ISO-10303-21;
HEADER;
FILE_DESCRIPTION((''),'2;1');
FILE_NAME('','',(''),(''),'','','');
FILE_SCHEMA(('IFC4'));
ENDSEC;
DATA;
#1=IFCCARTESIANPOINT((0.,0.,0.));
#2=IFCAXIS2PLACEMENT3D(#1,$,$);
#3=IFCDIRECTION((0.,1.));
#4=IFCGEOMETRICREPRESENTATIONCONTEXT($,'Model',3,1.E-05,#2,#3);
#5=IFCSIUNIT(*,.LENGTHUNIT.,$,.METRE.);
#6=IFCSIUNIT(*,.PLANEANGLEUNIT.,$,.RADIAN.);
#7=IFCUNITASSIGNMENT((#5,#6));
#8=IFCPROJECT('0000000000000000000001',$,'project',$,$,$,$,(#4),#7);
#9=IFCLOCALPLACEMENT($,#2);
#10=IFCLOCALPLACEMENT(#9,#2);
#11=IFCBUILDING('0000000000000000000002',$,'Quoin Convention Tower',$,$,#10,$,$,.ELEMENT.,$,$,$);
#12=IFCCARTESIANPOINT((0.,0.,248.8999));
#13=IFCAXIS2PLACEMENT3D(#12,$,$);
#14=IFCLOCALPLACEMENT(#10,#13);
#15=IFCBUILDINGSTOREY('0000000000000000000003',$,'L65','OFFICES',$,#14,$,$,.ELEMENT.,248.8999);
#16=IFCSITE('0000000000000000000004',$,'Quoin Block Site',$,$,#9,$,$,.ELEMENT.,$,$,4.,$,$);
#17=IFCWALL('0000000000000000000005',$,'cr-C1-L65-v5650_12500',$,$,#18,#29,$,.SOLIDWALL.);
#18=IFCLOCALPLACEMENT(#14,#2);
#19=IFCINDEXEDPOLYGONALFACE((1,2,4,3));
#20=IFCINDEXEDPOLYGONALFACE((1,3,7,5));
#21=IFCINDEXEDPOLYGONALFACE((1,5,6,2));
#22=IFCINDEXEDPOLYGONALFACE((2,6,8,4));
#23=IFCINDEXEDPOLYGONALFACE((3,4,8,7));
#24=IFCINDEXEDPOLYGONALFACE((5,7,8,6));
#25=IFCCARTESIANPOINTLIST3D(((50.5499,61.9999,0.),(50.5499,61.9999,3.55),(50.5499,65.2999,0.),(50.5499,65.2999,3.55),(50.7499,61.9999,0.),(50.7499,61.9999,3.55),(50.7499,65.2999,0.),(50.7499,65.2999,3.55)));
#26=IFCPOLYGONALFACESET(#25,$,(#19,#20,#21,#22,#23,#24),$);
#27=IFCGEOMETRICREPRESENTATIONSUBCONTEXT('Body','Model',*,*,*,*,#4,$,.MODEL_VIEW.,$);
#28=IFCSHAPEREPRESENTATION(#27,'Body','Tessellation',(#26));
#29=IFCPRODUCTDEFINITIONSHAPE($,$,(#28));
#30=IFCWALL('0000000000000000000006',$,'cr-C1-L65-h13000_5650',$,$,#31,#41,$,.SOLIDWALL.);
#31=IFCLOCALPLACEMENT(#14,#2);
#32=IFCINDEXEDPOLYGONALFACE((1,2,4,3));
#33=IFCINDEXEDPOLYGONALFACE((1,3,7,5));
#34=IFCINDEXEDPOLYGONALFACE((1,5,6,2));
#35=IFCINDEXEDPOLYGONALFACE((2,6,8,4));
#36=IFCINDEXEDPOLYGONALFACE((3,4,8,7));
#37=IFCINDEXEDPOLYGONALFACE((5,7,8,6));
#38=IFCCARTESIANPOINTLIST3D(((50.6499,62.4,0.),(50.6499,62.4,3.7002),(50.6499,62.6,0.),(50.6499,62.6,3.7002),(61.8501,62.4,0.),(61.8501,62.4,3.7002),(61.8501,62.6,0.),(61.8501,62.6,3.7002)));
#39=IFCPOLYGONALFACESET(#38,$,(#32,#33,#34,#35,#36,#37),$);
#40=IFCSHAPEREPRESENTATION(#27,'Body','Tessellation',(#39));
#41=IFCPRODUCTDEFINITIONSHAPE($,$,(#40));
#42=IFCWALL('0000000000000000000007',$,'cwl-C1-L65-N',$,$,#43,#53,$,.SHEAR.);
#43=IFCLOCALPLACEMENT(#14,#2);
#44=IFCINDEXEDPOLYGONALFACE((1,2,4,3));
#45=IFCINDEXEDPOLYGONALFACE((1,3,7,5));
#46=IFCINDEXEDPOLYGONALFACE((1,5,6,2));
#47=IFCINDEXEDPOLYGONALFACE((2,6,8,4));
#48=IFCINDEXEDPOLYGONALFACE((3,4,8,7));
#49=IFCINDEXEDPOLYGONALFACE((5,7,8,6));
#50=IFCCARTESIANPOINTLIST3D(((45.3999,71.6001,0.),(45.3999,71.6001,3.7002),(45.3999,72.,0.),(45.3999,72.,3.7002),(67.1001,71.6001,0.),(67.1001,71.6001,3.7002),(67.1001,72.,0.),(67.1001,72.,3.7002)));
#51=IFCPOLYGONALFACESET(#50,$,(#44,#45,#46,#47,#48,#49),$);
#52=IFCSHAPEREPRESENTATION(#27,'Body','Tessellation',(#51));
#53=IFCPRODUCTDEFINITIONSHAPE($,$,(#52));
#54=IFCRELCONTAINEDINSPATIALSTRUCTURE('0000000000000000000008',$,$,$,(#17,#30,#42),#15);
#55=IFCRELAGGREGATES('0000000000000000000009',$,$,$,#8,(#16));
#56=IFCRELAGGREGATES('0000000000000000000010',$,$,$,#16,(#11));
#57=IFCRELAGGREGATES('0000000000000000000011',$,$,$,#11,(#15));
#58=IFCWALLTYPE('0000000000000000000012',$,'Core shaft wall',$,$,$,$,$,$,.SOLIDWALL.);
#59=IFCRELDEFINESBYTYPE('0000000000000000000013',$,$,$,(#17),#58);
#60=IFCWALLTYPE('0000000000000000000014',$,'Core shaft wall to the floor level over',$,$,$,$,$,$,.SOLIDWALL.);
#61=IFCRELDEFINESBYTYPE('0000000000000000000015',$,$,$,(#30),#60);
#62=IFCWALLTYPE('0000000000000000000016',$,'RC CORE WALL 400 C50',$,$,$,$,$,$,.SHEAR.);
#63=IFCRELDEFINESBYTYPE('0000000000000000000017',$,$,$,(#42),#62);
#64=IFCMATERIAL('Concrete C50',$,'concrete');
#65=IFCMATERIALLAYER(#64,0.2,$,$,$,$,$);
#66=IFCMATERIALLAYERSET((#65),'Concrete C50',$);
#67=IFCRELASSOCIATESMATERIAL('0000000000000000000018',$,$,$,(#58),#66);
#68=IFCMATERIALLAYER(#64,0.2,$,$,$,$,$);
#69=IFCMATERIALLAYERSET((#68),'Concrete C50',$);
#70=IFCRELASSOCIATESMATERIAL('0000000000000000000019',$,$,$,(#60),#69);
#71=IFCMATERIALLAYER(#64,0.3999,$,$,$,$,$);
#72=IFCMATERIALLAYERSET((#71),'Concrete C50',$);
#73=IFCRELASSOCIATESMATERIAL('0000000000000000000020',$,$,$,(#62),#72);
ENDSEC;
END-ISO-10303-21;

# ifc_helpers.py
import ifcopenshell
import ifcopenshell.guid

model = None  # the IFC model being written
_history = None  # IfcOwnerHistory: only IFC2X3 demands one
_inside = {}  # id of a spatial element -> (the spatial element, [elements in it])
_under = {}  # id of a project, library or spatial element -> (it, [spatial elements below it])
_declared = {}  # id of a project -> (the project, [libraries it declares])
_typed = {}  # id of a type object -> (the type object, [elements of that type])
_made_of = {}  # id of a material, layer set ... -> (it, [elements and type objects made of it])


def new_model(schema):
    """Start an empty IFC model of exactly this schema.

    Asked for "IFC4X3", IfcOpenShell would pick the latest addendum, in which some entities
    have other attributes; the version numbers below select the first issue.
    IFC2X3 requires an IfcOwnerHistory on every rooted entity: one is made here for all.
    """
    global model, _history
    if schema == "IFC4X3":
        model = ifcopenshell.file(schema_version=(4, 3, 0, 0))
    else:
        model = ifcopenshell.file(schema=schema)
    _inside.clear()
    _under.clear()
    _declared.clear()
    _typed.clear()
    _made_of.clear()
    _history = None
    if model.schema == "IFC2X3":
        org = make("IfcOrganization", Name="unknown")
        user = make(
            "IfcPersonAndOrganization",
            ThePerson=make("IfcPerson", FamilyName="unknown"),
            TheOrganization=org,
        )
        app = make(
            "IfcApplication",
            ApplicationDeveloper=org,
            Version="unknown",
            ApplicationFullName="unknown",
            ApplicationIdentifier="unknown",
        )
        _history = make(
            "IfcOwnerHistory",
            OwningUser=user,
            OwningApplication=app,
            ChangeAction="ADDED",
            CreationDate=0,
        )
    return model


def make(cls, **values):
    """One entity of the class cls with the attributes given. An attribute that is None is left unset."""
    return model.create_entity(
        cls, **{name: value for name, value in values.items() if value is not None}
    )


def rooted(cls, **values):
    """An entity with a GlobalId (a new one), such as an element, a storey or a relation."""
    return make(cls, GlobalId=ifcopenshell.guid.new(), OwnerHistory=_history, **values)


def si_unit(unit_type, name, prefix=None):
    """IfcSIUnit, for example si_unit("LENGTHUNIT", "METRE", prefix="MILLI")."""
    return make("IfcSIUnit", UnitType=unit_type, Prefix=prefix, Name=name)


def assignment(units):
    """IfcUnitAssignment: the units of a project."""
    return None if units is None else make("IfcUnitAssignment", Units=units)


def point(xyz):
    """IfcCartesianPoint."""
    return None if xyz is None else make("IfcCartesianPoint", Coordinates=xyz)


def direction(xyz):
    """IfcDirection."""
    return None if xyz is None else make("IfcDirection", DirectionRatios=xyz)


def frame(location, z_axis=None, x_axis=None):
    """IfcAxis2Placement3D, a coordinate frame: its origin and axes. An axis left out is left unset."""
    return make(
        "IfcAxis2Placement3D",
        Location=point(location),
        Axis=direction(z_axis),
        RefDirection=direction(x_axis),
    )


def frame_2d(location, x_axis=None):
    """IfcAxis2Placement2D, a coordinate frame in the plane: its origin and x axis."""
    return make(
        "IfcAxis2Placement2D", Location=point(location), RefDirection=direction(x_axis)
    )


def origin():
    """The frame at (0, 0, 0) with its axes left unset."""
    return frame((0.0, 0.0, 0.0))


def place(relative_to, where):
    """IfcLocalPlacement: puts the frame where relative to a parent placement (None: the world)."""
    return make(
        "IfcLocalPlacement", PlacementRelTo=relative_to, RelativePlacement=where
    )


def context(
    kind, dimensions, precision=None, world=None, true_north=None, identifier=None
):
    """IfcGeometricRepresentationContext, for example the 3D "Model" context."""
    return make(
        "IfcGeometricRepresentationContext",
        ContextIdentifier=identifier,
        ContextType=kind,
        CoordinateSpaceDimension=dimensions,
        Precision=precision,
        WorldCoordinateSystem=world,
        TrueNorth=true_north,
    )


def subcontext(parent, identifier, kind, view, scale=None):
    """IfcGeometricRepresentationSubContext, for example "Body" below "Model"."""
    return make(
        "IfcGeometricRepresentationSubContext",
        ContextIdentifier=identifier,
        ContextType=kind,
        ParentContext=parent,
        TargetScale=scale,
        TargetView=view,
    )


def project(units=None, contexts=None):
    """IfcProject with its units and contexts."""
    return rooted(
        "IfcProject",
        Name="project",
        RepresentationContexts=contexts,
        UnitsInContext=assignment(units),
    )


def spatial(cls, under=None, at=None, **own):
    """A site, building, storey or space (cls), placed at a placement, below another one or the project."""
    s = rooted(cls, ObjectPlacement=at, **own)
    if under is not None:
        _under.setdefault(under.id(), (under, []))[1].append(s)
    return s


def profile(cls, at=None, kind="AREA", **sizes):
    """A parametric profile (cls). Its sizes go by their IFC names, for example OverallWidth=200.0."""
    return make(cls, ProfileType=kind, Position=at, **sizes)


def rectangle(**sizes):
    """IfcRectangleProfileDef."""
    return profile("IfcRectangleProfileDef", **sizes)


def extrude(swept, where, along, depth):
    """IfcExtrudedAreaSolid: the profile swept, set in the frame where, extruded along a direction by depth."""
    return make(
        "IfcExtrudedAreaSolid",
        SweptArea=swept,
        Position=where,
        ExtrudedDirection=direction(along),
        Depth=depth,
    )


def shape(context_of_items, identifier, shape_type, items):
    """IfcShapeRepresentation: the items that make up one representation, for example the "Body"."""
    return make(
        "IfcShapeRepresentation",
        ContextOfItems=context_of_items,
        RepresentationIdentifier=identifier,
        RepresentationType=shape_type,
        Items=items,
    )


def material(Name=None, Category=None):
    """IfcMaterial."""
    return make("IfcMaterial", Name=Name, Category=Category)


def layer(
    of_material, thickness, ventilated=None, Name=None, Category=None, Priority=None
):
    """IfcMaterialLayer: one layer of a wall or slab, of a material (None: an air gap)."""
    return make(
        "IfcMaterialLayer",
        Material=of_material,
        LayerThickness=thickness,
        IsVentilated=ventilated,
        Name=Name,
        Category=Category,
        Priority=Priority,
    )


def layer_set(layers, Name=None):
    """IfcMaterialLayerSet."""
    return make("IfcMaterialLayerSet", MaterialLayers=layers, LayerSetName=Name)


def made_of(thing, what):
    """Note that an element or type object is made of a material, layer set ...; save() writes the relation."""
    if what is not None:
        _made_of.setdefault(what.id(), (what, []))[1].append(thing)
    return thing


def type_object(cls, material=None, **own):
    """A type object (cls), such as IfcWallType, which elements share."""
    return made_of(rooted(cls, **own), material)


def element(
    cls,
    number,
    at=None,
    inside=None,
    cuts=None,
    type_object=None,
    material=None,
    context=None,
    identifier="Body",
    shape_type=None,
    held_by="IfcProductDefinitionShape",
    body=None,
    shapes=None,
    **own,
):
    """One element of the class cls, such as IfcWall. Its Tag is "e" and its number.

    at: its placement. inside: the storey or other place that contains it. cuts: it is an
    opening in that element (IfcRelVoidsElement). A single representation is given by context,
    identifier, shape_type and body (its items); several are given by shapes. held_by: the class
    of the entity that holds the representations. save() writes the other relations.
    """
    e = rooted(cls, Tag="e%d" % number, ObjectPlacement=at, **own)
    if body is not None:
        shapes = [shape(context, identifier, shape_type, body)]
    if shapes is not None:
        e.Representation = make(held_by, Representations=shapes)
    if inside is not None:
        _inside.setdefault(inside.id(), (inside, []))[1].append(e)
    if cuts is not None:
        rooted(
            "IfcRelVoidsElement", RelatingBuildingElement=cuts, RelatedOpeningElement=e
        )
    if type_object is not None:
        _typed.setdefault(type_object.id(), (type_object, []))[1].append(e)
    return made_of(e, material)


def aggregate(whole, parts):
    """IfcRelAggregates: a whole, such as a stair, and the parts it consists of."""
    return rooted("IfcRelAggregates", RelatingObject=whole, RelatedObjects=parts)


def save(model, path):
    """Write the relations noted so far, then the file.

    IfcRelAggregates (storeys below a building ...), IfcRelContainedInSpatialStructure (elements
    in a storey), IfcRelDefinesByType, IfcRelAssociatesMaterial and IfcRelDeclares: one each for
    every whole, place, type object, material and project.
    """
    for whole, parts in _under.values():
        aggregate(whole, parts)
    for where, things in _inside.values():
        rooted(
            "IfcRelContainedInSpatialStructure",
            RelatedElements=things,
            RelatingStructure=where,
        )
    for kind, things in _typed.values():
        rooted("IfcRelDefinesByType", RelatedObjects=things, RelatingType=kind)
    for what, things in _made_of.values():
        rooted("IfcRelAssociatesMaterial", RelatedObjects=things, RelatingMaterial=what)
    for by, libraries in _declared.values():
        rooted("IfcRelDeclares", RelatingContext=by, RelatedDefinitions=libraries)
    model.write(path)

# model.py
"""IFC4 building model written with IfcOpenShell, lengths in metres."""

from ifc_helpers import new_model, si_unit, direction, frame, frame_2d, origin, place, context, subcontext, project, spatial, rectangle, extrude, material, layer, layer_set, type_object, element, save


model = new_model("IFC4")

# Units and contexts
model_context = context("Model", 3, precision=1e-05, world=origin(), true_north=direction((0.0, 1.0)))
body_context = subcontext(model_context, "Body", "Model", "MODEL_VIEW")
ifc_project = project(units=[si_unit("LENGTHUNIT", "METRE"), si_unit("PLANEANGLEUNIT", "RADIAN")], contexts=[model_context])

# Site, building, storey
site_placement = place(None, origin())
site = spatial("IfcSite", under=ifc_project, at=site_placement, Name="Quoin Block Site", CompositionType="ELEMENT", RefElevation=4.0)
building_placement = place(site_placement, origin())
building = spatial("IfcBuilding", under=site, at=building_placement, Name="Quoin Convention Tower", CompositionType="ELEMENT")
storey_placement = place(building_placement, frame((0.0, 0.0, 248.8999)))
storey = spatial("IfcBuildingStorey", under=building, at=storey_placement, Name="L65", Description="OFFICES", CompositionType="ELEMENT", Elevation=248.8999)

# Shared definitions
ifc_material_1 = material(Name="Concrete C50", Category="concrete")
ifc_layer_1 = layer(ifc_material_1, 0.2)
ifc_layer_set_1 = layer_set([ifc_layer_1], Name="Concrete C50")
wall_type_1 = type_object("IfcWallType", Name="Core shaft wall", PredefinedType="SOLIDWALL", material=ifc_layer_set_1)

# Walls
wall_1_placement = place(storey_placement, frame((50.6499, 62.0, 0.0), z_axis=(0.0, 0.0, 1.0), x_axis=(0.0, 1.0, 0.0)))
element("IfcWall", 1, at=wall_1_placement, inside=storey, type_object=wall_type_1, Name="cr-C1-L65-v5650_12500", PredefinedType="SOLIDWALL", context=body_context, shape_type="SweptSolid", body=[
    extrude(rectangle(XDim=3.3, YDim=0.2, at=frame_2d((1.6499, 0.0))), origin(), (0.0, 0.0, 1.0), 3.55),
])
ifc_layer_2 = layer(ifc_material_1, 0.2)
ifc_layer_set_2 = layer_set([ifc_layer_2], Name="Concrete C50")
wall_type_2 = type_object("IfcWallType", Name="Core shaft wall to the floor level over", PredefinedType="SOLIDWALL", material=ifc_layer_set_2)
wall_2_placement = place(storey_placement, frame((50.6499, 62.5, 0.0), z_axis=(0.0, 0.0, 1.0), x_axis=(1.0, 0.0, 0.0)))
element("IfcWall", 2, at=wall_2_placement, inside=storey, type_object=wall_type_2, Name="cr-C1-L65-h13000_5650", PredefinedType="SOLIDWALL", context=body_context, shape_type="SweptSolid", body=[
    extrude(rectangle(XDim=11.2002, YDim=0.2, at=frame_2d((5.6001, 0.0))), origin(), (0.0, 0.0, 1.0), 3.7002),
])
ifc_layer_3 = layer(ifc_material_1, 0.3999)
ifc_layer_set_3 = layer_set([ifc_layer_3], Name="Concrete C50")
wall_type_3 = type_object("IfcWallType", Name="RC CORE WALL 400 C50", PredefinedType="SHEAR", material=ifc_layer_set_3)
wall_3_placement = place(storey_placement, frame((45.3999, 71.8, 0.0), z_axis=(0.0, 0.0, 1.0), x_axis=(1.0, 0.0, 0.0)))
element("IfcWall", 3, at=wall_3_placement, inside=storey, type_object=wall_type_3, Name="cwl-C1-L65-N", PredefinedType="SHEAR", context=body_context, shape_type="SweptSolid", body=[
    extrude(rectangle(XDim=21.7002, YDim=0.3999, at=frame_2d((10.8501, 0.0))), origin(), (0.0, 0.0, 1.0), 3.7002),
])

save(model, "model.ifc")
